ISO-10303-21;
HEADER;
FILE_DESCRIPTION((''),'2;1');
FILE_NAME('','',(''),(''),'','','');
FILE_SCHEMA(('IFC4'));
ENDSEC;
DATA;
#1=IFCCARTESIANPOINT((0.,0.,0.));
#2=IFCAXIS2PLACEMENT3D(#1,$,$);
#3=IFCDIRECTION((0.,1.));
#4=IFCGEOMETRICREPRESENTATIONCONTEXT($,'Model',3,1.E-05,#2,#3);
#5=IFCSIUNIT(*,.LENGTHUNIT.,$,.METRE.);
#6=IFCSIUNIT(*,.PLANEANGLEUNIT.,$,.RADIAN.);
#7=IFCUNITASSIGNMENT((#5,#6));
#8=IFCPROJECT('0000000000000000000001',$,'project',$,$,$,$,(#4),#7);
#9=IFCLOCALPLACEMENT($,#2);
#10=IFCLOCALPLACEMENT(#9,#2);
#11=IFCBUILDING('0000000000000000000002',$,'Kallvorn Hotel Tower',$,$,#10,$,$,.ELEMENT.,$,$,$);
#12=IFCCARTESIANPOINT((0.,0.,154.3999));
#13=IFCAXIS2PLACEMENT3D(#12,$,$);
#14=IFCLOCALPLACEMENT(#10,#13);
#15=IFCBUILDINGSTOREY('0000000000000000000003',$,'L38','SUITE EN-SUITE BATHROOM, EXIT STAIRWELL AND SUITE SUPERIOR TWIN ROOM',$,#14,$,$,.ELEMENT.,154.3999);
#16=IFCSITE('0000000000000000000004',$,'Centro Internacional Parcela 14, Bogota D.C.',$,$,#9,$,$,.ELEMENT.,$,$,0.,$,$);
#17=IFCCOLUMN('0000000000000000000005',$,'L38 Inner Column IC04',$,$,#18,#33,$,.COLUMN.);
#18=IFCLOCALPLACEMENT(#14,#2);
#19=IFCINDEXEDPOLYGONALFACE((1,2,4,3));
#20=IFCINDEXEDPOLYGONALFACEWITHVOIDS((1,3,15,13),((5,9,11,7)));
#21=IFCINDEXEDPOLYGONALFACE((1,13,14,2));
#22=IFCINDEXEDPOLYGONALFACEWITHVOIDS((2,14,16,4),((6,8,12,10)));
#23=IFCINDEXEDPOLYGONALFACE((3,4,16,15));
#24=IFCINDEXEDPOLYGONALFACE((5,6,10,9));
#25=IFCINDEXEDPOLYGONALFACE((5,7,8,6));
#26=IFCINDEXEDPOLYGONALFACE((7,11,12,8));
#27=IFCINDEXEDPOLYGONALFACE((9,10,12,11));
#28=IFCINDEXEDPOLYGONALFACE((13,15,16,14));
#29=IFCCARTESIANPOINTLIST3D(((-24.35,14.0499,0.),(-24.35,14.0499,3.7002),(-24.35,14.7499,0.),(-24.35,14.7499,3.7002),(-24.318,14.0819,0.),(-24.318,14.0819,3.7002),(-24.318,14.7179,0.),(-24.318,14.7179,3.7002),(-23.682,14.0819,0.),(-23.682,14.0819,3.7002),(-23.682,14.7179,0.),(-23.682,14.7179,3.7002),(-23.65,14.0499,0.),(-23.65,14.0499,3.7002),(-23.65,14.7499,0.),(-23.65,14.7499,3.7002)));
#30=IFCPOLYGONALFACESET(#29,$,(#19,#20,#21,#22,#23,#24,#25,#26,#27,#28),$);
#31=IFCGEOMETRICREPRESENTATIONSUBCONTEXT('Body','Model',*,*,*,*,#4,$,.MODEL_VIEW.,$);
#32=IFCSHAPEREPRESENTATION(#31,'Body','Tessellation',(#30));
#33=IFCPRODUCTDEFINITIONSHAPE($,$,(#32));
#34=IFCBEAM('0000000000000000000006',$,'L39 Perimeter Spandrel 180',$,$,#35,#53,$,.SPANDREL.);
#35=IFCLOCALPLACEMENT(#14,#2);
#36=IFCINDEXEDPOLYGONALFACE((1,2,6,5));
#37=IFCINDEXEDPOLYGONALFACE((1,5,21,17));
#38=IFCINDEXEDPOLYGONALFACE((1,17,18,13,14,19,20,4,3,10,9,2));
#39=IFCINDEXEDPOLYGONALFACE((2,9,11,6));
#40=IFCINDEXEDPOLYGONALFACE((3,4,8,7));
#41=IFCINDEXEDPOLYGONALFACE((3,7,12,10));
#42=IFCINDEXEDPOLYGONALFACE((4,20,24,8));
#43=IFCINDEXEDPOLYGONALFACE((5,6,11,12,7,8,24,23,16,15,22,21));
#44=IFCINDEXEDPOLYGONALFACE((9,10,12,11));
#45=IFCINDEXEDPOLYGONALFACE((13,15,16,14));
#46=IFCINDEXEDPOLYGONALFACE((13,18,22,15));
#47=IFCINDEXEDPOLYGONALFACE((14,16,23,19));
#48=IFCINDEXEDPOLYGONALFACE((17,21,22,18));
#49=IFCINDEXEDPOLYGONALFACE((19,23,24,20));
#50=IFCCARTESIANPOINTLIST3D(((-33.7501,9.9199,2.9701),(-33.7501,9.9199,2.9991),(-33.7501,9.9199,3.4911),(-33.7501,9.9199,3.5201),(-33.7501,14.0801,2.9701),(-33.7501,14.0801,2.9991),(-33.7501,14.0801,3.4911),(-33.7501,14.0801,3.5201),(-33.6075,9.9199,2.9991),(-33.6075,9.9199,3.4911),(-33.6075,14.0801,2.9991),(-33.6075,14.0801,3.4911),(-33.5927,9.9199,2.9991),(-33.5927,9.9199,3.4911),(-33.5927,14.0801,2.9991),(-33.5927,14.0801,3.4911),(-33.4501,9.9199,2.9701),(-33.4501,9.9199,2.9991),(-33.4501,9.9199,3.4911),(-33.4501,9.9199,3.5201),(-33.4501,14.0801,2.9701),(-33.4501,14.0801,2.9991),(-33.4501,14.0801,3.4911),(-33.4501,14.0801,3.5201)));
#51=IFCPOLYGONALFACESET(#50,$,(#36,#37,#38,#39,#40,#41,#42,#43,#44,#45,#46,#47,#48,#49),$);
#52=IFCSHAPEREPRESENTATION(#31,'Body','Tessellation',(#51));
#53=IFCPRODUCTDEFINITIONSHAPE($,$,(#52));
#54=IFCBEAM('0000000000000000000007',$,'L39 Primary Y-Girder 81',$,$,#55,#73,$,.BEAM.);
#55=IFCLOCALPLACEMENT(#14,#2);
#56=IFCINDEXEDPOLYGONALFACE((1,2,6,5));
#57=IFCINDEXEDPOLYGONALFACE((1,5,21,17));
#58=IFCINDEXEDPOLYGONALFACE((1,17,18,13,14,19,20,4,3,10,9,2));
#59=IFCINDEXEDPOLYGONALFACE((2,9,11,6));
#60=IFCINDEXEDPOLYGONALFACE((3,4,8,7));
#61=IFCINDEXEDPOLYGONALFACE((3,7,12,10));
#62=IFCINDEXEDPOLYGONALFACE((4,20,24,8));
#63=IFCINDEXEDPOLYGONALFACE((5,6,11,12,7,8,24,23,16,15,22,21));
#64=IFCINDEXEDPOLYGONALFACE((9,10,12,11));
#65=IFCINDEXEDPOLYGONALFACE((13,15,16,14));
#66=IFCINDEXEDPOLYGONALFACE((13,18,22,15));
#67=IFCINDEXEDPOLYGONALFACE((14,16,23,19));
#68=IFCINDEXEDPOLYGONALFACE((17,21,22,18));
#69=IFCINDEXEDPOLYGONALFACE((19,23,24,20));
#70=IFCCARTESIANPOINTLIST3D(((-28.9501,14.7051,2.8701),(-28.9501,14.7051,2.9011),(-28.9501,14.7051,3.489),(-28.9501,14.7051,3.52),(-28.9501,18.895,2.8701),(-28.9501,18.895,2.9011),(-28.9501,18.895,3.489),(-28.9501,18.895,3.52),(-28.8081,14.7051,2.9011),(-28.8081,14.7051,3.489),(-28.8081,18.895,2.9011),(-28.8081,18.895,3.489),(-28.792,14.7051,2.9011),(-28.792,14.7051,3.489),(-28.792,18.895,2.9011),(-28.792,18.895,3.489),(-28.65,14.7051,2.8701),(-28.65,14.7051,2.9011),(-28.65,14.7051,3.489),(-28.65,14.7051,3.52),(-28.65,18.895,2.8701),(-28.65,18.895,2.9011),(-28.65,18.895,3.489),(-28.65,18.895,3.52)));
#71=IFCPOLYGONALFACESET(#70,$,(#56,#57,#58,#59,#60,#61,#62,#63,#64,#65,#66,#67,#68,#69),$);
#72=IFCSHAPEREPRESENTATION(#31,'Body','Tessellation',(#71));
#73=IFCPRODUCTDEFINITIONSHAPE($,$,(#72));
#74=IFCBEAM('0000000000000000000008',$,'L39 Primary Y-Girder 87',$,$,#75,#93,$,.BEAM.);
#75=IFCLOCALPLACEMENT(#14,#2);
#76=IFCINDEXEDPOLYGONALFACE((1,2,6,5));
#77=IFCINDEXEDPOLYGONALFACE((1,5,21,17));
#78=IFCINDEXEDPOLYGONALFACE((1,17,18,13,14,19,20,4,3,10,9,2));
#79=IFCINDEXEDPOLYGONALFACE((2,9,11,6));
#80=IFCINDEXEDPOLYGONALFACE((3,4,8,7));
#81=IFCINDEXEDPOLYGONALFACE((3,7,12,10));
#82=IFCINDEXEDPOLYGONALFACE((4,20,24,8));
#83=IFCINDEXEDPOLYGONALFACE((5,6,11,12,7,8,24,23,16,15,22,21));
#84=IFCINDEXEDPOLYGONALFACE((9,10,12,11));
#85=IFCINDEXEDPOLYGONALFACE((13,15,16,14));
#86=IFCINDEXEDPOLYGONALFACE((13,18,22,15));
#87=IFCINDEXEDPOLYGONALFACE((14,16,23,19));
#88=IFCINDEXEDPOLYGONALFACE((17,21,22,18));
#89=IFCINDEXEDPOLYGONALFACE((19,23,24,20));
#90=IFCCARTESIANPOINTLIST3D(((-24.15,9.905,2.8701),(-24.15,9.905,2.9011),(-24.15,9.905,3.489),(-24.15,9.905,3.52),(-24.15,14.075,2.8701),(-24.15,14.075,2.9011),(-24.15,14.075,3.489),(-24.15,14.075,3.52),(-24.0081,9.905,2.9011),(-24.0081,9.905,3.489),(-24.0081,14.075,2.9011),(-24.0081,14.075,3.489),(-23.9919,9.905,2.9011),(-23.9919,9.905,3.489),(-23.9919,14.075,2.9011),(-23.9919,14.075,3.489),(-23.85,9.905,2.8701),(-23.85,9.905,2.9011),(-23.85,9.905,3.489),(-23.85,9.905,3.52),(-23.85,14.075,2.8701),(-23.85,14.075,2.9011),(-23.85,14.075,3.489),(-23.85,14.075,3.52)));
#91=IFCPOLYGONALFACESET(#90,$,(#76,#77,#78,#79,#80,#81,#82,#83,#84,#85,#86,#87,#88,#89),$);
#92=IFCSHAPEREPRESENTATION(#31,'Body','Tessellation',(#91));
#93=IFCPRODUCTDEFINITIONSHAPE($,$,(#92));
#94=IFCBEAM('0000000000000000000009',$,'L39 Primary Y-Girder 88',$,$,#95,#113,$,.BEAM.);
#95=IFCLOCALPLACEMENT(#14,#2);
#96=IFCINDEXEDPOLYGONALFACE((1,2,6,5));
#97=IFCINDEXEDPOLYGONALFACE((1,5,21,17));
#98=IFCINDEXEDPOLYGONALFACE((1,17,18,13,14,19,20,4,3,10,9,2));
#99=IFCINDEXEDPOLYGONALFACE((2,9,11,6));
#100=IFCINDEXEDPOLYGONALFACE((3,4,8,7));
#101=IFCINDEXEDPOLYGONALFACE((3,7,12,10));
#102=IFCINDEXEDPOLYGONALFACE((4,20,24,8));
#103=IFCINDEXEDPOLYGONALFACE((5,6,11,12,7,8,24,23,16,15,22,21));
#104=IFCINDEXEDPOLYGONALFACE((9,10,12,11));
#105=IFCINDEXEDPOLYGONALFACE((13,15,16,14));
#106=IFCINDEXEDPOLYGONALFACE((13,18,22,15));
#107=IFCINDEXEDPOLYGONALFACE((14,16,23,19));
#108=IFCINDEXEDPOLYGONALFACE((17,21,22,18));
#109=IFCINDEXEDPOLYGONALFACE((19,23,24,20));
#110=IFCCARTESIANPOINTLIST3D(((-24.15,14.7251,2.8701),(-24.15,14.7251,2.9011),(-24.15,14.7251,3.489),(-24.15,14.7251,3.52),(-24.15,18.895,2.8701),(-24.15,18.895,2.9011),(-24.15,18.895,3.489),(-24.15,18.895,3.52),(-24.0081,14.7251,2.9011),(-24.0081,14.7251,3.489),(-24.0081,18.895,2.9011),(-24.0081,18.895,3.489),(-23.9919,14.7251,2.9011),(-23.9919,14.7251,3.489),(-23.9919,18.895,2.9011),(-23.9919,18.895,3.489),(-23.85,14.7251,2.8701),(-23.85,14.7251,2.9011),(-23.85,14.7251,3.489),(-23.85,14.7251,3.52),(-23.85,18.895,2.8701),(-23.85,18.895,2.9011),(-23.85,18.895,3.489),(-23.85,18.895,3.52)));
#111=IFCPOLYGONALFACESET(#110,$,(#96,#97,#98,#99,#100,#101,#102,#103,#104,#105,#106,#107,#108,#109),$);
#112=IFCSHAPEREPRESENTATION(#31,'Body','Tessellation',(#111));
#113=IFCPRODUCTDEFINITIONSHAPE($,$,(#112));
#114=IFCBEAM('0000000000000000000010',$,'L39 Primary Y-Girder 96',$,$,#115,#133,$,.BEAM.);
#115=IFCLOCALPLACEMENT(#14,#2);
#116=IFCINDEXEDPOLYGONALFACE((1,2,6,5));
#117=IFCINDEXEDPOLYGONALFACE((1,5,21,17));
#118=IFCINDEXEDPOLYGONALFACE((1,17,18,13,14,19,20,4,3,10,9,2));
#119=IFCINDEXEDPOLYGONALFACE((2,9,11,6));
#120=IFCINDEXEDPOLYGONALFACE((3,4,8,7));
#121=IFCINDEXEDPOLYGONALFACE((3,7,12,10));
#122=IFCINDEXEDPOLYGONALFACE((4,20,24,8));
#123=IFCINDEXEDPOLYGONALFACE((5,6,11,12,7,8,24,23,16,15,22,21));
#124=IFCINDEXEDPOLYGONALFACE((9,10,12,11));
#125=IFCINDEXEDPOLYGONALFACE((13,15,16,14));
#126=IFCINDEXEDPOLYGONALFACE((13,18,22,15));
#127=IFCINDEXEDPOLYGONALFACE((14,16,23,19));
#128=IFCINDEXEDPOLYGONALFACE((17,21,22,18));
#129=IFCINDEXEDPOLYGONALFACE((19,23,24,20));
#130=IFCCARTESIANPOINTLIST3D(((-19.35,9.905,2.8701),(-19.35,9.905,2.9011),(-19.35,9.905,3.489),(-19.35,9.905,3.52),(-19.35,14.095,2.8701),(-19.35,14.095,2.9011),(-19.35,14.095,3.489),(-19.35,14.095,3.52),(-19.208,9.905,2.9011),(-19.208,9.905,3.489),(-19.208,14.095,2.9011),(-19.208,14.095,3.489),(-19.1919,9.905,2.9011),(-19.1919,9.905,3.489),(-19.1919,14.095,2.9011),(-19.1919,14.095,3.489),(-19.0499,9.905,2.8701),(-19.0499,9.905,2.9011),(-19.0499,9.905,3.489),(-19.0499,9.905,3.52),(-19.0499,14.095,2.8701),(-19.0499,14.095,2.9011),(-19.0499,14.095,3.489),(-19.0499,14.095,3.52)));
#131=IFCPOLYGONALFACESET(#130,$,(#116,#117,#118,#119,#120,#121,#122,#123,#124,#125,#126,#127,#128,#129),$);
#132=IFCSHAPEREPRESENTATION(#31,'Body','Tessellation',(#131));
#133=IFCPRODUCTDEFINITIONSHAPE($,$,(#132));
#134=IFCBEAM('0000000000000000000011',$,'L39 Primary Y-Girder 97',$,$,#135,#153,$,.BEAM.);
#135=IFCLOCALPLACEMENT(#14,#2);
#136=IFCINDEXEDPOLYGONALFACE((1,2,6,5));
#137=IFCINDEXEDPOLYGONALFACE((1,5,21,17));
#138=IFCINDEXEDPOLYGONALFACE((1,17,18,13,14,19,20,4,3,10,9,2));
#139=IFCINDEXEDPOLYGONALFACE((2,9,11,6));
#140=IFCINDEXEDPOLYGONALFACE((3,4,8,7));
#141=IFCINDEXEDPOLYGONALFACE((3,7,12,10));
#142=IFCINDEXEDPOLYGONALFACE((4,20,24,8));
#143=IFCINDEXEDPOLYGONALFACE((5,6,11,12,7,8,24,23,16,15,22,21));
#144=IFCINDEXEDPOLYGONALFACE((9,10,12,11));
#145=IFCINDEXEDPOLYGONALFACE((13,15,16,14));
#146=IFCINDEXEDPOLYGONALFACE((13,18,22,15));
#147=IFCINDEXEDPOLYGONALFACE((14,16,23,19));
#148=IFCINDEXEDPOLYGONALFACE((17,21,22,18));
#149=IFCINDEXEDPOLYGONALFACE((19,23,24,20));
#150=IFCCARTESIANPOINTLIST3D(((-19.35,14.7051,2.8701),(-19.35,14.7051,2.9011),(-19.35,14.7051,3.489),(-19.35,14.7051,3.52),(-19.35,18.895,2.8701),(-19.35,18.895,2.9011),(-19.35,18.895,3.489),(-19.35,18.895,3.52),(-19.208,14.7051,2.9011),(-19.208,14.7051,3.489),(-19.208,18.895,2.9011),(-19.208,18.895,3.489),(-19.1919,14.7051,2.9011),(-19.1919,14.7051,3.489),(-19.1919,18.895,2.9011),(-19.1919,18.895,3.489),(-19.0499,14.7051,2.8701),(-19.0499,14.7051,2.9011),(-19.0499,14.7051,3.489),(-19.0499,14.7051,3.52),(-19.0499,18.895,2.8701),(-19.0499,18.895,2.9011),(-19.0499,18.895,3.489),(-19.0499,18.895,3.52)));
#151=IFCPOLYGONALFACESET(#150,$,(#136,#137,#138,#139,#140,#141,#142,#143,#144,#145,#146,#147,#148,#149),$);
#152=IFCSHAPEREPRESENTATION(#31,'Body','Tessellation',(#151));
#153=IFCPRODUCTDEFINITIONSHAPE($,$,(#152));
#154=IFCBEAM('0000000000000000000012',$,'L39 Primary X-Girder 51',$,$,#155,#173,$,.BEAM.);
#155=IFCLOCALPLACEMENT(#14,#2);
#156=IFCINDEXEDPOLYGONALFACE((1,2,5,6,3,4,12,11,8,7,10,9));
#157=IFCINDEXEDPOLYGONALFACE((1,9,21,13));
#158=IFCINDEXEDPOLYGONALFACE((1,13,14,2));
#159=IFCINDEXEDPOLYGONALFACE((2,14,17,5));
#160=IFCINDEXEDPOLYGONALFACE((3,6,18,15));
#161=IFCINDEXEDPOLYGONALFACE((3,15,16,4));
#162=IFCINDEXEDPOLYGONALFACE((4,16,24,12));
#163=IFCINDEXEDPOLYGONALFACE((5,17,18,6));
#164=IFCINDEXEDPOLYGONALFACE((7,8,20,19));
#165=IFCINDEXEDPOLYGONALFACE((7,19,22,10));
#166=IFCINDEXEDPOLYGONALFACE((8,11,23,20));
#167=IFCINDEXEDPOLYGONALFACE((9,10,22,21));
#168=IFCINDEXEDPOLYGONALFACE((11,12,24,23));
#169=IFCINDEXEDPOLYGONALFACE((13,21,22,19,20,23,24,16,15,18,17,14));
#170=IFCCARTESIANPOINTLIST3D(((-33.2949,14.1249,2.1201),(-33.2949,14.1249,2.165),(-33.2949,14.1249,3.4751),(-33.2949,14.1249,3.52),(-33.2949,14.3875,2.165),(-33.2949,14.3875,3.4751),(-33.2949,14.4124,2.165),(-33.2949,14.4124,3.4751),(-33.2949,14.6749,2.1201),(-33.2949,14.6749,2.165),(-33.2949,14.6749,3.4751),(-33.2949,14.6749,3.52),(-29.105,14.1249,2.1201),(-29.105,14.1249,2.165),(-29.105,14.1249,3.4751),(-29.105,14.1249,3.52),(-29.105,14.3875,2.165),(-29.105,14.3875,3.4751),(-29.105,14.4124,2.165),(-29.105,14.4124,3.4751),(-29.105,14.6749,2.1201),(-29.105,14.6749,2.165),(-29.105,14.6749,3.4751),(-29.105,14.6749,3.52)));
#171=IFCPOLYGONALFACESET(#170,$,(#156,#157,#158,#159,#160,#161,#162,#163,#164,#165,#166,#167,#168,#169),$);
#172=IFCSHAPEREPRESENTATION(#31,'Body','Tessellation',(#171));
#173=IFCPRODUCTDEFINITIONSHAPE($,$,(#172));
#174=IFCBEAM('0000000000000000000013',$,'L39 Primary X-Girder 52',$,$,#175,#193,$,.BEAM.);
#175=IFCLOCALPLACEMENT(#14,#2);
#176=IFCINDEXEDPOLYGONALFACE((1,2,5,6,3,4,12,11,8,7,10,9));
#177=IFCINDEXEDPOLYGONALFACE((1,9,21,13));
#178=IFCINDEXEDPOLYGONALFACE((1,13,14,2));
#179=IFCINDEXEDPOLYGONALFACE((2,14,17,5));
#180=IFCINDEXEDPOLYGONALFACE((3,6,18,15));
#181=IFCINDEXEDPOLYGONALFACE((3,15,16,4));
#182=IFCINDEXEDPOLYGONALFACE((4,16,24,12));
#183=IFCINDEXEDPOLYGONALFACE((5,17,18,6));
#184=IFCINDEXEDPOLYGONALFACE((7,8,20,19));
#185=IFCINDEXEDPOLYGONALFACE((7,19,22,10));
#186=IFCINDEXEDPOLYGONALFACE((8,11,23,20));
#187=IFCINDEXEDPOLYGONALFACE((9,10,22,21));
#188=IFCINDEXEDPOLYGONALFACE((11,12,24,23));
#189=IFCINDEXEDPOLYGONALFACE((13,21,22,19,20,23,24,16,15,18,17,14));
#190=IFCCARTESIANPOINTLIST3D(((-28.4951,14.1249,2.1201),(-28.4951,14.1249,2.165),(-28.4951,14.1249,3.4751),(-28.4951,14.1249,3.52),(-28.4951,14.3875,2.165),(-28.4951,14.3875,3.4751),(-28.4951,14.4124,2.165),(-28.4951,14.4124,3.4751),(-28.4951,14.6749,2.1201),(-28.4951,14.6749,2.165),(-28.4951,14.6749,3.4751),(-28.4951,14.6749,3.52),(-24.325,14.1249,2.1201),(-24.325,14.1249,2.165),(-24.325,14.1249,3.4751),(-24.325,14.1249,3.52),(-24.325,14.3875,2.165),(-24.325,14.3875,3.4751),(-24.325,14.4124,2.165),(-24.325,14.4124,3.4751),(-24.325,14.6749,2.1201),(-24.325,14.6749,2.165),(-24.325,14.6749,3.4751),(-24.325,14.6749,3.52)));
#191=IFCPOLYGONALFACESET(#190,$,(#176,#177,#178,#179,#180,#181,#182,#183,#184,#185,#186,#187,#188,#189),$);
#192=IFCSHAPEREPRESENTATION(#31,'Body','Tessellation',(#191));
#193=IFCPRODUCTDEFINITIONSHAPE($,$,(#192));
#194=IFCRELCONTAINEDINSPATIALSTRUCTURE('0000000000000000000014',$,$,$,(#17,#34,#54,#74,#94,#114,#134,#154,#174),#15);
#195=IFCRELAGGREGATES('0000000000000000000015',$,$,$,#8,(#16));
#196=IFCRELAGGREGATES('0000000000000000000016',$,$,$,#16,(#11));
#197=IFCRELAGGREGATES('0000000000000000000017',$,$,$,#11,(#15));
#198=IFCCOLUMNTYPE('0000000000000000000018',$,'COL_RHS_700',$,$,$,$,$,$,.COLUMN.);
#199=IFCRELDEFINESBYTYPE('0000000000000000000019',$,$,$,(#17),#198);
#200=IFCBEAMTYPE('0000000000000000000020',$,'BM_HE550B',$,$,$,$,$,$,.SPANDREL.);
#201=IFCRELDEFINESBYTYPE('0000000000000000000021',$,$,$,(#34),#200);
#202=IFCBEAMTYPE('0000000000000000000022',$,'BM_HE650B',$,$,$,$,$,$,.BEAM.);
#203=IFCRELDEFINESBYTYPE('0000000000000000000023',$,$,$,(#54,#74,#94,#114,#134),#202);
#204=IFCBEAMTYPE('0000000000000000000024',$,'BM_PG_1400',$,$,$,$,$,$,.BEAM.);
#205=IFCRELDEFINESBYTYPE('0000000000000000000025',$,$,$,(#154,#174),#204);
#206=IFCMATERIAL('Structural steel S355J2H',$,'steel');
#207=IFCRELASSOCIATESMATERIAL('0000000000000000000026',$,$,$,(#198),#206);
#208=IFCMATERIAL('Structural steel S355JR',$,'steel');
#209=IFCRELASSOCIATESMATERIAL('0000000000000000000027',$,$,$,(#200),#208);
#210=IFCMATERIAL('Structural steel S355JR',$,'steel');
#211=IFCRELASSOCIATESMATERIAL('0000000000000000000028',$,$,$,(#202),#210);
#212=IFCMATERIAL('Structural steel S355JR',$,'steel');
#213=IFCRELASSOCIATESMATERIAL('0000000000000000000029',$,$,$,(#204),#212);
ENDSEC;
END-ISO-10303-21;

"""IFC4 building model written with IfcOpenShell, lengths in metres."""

from ifc_helpers import new_model, si_unit, direction, frame, origin, origin_2d, place, context, subcontext, project, spatial, hollow_rectangle, i_section, extrude, material, material_profile, profile_set, type_object, element, save


model = new_model("IFC4")

# Units and contexts
model_context = context("Model", 3, precision=1e-05, world=origin(), true_north=direction((0.0, 1.0)))
body_context = subcontext(model_context, "Body", "Model", "MODEL_VIEW")
ifc_project = project(units=[si_unit("LENGTHUNIT", "METRE"), si_unit("PLANEANGLEUNIT", "RADIAN")], contexts=[model_context])

# Site, building, storey
site_placement = place(None, origin())
site = spatial("IfcSite", under=ifc_project, at=site_placement, Name="Centro Internacional Parcela 14, Bogota D.C.", CompositionType="ELEMENT", RefElevation=0.0)
building_placement = place(site_placement, origin())
building = spatial("IfcBuilding", under=site, at=building_placement, Name="Kallvorn Hotel Tower", CompositionType="ELEMENT")
storey_placement = place(building_placement, frame((0.0, 0.0, 154.3999)))
storey = spatial("IfcBuildingStorey", under=building, at=storey_placement, Name="L38", Description="SUITE EN-SUITE BATHROOM, EXIT STAIRWELL AND SUITE SUPERIOR TWIN ROOM", CompositionType="ELEMENT", Elevation=154.3999)

# Column
ifc_material_1 = material(Name="Structural steel S355J2H", Category="steel")
ifc_material_profile_1 = material_profile(ifc_material_1, hollow_rectangle(XDim=0.7, YDim=0.7, WallThickness=0.032, at=origin_2d()), Name="RHS 700x700x32")
ifc_profile_set_1 = profile_set([ifc_material_profile_1], Name="Structural steel S355J2H")
column_type_1 = type_object("IfcColumnType", Name="COL_RHS_700", PredefinedType="COLUMN", material=ifc_profile_set_1)
column_placement = place(storey_placement, frame((-24.0, 14.3999, 0.0), z_axis=(0.0, 0.0, 1.0), x_axis=(1.0, 0.0, 0.0)))
element("IfcColumn", 1, at=column_placement, inside=storey, type_object=column_type_1, Name="L38 Inner Column IC04", PredefinedType="COLUMN", context=body_context, shape_type="SweptSolid", body=[
    extrude(hollow_rectangle(XDim=0.7, YDim=0.7, WallThickness=0.032, at=origin_2d()), origin(), (0.0, 0.0, 1.0), 3.7002),
])

# Beams
ifc_material_2 = material(Name="Structural steel S355JR", Category="steel")
ifc_material_profile_2 = material_profile(ifc_material_2, i_section(OverallWidth=0.3, OverallDepth=0.55, WebThickness=0.0149, FlangeThickness=0.0291, at=origin_2d()), Name="HE 550 B")
ifc_profile_set_2 = profile_set([ifc_material_profile_2], Name="Structural steel S355JR")
beam_type_1 = type_object("IfcBeamType", Name="BM_HE550B", PredefinedType="SPANDREL", material=ifc_profile_set_2)
beam_1_placement = place(storey_placement, frame((-33.6001, 9.9199, 3.2451), z_axis=(0.0, 1.0, 0.0), x_axis=(-1.0, 0.0, 0.0)))
element("IfcBeam", 2, at=beam_1_placement, inside=storey, type_object=beam_type_1, Name="L39 Perimeter Spandrel 180", PredefinedType="SPANDREL", context=body_context, shape_type="SweptSolid", body=[
    extrude(i_section(OverallWidth=0.3, OverallDepth=0.55, WebThickness=0.0149, FlangeThickness=0.0291, at=origin_2d()), origin(), (0.0, 0.0, 1.0), 4.1602),
])
ifc_material_3 = material(Name="Structural steel S355JR", Category="steel")
ifc_material_profile_3 = material_profile(ifc_material_3, i_section(OverallWidth=0.3, OverallDepth=0.6499, WebThickness=0.0161, FlangeThickness=0.031, at=origin_2d()), Name="HE 650 B")
ifc_profile_set_3 = profile_set([ifc_material_profile_3], Name="Structural steel S355JR")
beam_type_2 = type_object("IfcBeamType", Name="BM_HE650B", PredefinedType="BEAM", material=ifc_profile_set_3)
beam_2_placement = place(storey_placement, frame((-28.8, 14.7051, 3.1951), z_axis=(0.0, 1.0, 0.0), x_axis=(-1.0, 0.0, 0.0)))
element("IfcBeam", 3, at=beam_2_placement, inside=storey, type_object=beam_type_2, Name="L39 Primary Y-Girder 81", PredefinedType="BEAM", context=body_context, shape_type="SweptSolid", body=[
    extrude(i_section(OverallWidth=0.3, OverallDepth=0.6499, WebThickness=0.0161, FlangeThickness=0.031, at=origin_2d()), origin(), (0.0, 0.0, 1.0), 4.1899),
])
for number, where, z_axis, x_axis, name in (
    (4, (-24.0, 9.905, 3.1951), (0.0, 1.0, 0.0), (-1.0, 0.0, 0.0), "L39 Primary Y-Girder 87"),
    (5, (-24.0, 14.7251, 3.1951), (0.0, 1.0, 0.0), (-1.0, 0.0, 0.0), "L39 Primary Y-Girder 88"),
):
    element("IfcBeam", number, at=place(storey_placement, frame(where, z_axis=z_axis, x_axis=x_axis)), inside=storey, type_object=beam_type_2, Name=name, PredefinedType="BEAM", context=body_context, shape_type="SweptSolid", body=[
        extrude(i_section(OverallWidth=0.3, OverallDepth=0.6499, WebThickness=0.0161, FlangeThickness=0.031, at=origin_2d()), origin(), (0.0, 0.0, 1.0), 4.1699),
    ])
for number, where, z_axis, x_axis, name in (
    (6, (-19.2, 9.905, 3.1951), (0.0, 1.0, 0.0), (-1.0, 0.0, 0.0), "L39 Primary Y-Girder 96"),
    (7, (-19.2, 14.7051, 3.1951), (0.0, 1.0, 0.0), (-1.0, 0.0, 0.0), "L39 Primary Y-Girder 97"),
):
    element("IfcBeam", number, at=place(storey_placement, frame(where, z_axis=z_axis, x_axis=x_axis)), inside=storey, type_object=beam_type_2, Name=name, PredefinedType="BEAM", context=body_context, shape_type="SweptSolid", body=[
        extrude(i_section(OverallWidth=0.3, OverallDepth=0.6499, WebThickness=0.0161, FlangeThickness=0.031, at=origin_2d()), origin(), (0.0, 0.0, 1.0), 4.1899),
    ])
ifc_material_4 = material(Name="Structural steel S355JR", Category="steel")
ifc_material_profile_4 = material_profile(ifc_material_4, i_section(OverallWidth=0.55, OverallDepth=1.3999, WebThickness=0.0249, FlangeThickness=0.0449, at=origin_2d()), Name="PG 1400x550x25x45")
ifc_profile_set_4 = profile_set([ifc_material_profile_4], Name="Structural steel S355JR")
beam_type_3 = type_object("IfcBeamType", Name="BM_PG_1400", PredefinedType="BEAM", material=ifc_profile_set_4)
beam_3_placement = place(storey_placement, frame((-33.2949, 14.3999, 2.8201), z_axis=(1.0, 0.0, 0.0), x_axis=(0.0, 1.0, 0.0)))
element("IfcBeam", 8, at=beam_3_placement, inside=storey, type_object=beam_type_3, Name="L39 Primary X-Girder 51", PredefinedType="BEAM", context=body_context, shape_type="SweptSolid", body=[
    extrude(i_section(OverallWidth=0.55, OverallDepth=1.3999, WebThickness=0.0249, FlangeThickness=0.0449, at=origin_2d()), origin(), (0.0, 0.0, 1.0), 4.1899),
])
for number, where, z_axis, x_axis, name in (
    (9, (-28.4951, 14.3999, 2.8201), (1.0, 0.0, 0.0), (0.0, 1.0, 0.0), "L39 Primary X-Girder 52"),
):
    element("IfcBeam", number, at=place(storey_placement, frame(where, z_axis=z_axis, x_axis=x_axis)), inside=storey, type_object=beam_type_3, Name=name, PredefinedType="BEAM", context=body_context, shape_type="SweptSolid", body=[
        extrude(i_section(OverallWidth=0.55, OverallDepth=1.3999, WebThickness=0.0249, FlangeThickness=0.0449, at=origin_2d()), origin(), (0.0, 0.0, 1.0), 4.1702),
    ])

save(model, "model.ifc")
